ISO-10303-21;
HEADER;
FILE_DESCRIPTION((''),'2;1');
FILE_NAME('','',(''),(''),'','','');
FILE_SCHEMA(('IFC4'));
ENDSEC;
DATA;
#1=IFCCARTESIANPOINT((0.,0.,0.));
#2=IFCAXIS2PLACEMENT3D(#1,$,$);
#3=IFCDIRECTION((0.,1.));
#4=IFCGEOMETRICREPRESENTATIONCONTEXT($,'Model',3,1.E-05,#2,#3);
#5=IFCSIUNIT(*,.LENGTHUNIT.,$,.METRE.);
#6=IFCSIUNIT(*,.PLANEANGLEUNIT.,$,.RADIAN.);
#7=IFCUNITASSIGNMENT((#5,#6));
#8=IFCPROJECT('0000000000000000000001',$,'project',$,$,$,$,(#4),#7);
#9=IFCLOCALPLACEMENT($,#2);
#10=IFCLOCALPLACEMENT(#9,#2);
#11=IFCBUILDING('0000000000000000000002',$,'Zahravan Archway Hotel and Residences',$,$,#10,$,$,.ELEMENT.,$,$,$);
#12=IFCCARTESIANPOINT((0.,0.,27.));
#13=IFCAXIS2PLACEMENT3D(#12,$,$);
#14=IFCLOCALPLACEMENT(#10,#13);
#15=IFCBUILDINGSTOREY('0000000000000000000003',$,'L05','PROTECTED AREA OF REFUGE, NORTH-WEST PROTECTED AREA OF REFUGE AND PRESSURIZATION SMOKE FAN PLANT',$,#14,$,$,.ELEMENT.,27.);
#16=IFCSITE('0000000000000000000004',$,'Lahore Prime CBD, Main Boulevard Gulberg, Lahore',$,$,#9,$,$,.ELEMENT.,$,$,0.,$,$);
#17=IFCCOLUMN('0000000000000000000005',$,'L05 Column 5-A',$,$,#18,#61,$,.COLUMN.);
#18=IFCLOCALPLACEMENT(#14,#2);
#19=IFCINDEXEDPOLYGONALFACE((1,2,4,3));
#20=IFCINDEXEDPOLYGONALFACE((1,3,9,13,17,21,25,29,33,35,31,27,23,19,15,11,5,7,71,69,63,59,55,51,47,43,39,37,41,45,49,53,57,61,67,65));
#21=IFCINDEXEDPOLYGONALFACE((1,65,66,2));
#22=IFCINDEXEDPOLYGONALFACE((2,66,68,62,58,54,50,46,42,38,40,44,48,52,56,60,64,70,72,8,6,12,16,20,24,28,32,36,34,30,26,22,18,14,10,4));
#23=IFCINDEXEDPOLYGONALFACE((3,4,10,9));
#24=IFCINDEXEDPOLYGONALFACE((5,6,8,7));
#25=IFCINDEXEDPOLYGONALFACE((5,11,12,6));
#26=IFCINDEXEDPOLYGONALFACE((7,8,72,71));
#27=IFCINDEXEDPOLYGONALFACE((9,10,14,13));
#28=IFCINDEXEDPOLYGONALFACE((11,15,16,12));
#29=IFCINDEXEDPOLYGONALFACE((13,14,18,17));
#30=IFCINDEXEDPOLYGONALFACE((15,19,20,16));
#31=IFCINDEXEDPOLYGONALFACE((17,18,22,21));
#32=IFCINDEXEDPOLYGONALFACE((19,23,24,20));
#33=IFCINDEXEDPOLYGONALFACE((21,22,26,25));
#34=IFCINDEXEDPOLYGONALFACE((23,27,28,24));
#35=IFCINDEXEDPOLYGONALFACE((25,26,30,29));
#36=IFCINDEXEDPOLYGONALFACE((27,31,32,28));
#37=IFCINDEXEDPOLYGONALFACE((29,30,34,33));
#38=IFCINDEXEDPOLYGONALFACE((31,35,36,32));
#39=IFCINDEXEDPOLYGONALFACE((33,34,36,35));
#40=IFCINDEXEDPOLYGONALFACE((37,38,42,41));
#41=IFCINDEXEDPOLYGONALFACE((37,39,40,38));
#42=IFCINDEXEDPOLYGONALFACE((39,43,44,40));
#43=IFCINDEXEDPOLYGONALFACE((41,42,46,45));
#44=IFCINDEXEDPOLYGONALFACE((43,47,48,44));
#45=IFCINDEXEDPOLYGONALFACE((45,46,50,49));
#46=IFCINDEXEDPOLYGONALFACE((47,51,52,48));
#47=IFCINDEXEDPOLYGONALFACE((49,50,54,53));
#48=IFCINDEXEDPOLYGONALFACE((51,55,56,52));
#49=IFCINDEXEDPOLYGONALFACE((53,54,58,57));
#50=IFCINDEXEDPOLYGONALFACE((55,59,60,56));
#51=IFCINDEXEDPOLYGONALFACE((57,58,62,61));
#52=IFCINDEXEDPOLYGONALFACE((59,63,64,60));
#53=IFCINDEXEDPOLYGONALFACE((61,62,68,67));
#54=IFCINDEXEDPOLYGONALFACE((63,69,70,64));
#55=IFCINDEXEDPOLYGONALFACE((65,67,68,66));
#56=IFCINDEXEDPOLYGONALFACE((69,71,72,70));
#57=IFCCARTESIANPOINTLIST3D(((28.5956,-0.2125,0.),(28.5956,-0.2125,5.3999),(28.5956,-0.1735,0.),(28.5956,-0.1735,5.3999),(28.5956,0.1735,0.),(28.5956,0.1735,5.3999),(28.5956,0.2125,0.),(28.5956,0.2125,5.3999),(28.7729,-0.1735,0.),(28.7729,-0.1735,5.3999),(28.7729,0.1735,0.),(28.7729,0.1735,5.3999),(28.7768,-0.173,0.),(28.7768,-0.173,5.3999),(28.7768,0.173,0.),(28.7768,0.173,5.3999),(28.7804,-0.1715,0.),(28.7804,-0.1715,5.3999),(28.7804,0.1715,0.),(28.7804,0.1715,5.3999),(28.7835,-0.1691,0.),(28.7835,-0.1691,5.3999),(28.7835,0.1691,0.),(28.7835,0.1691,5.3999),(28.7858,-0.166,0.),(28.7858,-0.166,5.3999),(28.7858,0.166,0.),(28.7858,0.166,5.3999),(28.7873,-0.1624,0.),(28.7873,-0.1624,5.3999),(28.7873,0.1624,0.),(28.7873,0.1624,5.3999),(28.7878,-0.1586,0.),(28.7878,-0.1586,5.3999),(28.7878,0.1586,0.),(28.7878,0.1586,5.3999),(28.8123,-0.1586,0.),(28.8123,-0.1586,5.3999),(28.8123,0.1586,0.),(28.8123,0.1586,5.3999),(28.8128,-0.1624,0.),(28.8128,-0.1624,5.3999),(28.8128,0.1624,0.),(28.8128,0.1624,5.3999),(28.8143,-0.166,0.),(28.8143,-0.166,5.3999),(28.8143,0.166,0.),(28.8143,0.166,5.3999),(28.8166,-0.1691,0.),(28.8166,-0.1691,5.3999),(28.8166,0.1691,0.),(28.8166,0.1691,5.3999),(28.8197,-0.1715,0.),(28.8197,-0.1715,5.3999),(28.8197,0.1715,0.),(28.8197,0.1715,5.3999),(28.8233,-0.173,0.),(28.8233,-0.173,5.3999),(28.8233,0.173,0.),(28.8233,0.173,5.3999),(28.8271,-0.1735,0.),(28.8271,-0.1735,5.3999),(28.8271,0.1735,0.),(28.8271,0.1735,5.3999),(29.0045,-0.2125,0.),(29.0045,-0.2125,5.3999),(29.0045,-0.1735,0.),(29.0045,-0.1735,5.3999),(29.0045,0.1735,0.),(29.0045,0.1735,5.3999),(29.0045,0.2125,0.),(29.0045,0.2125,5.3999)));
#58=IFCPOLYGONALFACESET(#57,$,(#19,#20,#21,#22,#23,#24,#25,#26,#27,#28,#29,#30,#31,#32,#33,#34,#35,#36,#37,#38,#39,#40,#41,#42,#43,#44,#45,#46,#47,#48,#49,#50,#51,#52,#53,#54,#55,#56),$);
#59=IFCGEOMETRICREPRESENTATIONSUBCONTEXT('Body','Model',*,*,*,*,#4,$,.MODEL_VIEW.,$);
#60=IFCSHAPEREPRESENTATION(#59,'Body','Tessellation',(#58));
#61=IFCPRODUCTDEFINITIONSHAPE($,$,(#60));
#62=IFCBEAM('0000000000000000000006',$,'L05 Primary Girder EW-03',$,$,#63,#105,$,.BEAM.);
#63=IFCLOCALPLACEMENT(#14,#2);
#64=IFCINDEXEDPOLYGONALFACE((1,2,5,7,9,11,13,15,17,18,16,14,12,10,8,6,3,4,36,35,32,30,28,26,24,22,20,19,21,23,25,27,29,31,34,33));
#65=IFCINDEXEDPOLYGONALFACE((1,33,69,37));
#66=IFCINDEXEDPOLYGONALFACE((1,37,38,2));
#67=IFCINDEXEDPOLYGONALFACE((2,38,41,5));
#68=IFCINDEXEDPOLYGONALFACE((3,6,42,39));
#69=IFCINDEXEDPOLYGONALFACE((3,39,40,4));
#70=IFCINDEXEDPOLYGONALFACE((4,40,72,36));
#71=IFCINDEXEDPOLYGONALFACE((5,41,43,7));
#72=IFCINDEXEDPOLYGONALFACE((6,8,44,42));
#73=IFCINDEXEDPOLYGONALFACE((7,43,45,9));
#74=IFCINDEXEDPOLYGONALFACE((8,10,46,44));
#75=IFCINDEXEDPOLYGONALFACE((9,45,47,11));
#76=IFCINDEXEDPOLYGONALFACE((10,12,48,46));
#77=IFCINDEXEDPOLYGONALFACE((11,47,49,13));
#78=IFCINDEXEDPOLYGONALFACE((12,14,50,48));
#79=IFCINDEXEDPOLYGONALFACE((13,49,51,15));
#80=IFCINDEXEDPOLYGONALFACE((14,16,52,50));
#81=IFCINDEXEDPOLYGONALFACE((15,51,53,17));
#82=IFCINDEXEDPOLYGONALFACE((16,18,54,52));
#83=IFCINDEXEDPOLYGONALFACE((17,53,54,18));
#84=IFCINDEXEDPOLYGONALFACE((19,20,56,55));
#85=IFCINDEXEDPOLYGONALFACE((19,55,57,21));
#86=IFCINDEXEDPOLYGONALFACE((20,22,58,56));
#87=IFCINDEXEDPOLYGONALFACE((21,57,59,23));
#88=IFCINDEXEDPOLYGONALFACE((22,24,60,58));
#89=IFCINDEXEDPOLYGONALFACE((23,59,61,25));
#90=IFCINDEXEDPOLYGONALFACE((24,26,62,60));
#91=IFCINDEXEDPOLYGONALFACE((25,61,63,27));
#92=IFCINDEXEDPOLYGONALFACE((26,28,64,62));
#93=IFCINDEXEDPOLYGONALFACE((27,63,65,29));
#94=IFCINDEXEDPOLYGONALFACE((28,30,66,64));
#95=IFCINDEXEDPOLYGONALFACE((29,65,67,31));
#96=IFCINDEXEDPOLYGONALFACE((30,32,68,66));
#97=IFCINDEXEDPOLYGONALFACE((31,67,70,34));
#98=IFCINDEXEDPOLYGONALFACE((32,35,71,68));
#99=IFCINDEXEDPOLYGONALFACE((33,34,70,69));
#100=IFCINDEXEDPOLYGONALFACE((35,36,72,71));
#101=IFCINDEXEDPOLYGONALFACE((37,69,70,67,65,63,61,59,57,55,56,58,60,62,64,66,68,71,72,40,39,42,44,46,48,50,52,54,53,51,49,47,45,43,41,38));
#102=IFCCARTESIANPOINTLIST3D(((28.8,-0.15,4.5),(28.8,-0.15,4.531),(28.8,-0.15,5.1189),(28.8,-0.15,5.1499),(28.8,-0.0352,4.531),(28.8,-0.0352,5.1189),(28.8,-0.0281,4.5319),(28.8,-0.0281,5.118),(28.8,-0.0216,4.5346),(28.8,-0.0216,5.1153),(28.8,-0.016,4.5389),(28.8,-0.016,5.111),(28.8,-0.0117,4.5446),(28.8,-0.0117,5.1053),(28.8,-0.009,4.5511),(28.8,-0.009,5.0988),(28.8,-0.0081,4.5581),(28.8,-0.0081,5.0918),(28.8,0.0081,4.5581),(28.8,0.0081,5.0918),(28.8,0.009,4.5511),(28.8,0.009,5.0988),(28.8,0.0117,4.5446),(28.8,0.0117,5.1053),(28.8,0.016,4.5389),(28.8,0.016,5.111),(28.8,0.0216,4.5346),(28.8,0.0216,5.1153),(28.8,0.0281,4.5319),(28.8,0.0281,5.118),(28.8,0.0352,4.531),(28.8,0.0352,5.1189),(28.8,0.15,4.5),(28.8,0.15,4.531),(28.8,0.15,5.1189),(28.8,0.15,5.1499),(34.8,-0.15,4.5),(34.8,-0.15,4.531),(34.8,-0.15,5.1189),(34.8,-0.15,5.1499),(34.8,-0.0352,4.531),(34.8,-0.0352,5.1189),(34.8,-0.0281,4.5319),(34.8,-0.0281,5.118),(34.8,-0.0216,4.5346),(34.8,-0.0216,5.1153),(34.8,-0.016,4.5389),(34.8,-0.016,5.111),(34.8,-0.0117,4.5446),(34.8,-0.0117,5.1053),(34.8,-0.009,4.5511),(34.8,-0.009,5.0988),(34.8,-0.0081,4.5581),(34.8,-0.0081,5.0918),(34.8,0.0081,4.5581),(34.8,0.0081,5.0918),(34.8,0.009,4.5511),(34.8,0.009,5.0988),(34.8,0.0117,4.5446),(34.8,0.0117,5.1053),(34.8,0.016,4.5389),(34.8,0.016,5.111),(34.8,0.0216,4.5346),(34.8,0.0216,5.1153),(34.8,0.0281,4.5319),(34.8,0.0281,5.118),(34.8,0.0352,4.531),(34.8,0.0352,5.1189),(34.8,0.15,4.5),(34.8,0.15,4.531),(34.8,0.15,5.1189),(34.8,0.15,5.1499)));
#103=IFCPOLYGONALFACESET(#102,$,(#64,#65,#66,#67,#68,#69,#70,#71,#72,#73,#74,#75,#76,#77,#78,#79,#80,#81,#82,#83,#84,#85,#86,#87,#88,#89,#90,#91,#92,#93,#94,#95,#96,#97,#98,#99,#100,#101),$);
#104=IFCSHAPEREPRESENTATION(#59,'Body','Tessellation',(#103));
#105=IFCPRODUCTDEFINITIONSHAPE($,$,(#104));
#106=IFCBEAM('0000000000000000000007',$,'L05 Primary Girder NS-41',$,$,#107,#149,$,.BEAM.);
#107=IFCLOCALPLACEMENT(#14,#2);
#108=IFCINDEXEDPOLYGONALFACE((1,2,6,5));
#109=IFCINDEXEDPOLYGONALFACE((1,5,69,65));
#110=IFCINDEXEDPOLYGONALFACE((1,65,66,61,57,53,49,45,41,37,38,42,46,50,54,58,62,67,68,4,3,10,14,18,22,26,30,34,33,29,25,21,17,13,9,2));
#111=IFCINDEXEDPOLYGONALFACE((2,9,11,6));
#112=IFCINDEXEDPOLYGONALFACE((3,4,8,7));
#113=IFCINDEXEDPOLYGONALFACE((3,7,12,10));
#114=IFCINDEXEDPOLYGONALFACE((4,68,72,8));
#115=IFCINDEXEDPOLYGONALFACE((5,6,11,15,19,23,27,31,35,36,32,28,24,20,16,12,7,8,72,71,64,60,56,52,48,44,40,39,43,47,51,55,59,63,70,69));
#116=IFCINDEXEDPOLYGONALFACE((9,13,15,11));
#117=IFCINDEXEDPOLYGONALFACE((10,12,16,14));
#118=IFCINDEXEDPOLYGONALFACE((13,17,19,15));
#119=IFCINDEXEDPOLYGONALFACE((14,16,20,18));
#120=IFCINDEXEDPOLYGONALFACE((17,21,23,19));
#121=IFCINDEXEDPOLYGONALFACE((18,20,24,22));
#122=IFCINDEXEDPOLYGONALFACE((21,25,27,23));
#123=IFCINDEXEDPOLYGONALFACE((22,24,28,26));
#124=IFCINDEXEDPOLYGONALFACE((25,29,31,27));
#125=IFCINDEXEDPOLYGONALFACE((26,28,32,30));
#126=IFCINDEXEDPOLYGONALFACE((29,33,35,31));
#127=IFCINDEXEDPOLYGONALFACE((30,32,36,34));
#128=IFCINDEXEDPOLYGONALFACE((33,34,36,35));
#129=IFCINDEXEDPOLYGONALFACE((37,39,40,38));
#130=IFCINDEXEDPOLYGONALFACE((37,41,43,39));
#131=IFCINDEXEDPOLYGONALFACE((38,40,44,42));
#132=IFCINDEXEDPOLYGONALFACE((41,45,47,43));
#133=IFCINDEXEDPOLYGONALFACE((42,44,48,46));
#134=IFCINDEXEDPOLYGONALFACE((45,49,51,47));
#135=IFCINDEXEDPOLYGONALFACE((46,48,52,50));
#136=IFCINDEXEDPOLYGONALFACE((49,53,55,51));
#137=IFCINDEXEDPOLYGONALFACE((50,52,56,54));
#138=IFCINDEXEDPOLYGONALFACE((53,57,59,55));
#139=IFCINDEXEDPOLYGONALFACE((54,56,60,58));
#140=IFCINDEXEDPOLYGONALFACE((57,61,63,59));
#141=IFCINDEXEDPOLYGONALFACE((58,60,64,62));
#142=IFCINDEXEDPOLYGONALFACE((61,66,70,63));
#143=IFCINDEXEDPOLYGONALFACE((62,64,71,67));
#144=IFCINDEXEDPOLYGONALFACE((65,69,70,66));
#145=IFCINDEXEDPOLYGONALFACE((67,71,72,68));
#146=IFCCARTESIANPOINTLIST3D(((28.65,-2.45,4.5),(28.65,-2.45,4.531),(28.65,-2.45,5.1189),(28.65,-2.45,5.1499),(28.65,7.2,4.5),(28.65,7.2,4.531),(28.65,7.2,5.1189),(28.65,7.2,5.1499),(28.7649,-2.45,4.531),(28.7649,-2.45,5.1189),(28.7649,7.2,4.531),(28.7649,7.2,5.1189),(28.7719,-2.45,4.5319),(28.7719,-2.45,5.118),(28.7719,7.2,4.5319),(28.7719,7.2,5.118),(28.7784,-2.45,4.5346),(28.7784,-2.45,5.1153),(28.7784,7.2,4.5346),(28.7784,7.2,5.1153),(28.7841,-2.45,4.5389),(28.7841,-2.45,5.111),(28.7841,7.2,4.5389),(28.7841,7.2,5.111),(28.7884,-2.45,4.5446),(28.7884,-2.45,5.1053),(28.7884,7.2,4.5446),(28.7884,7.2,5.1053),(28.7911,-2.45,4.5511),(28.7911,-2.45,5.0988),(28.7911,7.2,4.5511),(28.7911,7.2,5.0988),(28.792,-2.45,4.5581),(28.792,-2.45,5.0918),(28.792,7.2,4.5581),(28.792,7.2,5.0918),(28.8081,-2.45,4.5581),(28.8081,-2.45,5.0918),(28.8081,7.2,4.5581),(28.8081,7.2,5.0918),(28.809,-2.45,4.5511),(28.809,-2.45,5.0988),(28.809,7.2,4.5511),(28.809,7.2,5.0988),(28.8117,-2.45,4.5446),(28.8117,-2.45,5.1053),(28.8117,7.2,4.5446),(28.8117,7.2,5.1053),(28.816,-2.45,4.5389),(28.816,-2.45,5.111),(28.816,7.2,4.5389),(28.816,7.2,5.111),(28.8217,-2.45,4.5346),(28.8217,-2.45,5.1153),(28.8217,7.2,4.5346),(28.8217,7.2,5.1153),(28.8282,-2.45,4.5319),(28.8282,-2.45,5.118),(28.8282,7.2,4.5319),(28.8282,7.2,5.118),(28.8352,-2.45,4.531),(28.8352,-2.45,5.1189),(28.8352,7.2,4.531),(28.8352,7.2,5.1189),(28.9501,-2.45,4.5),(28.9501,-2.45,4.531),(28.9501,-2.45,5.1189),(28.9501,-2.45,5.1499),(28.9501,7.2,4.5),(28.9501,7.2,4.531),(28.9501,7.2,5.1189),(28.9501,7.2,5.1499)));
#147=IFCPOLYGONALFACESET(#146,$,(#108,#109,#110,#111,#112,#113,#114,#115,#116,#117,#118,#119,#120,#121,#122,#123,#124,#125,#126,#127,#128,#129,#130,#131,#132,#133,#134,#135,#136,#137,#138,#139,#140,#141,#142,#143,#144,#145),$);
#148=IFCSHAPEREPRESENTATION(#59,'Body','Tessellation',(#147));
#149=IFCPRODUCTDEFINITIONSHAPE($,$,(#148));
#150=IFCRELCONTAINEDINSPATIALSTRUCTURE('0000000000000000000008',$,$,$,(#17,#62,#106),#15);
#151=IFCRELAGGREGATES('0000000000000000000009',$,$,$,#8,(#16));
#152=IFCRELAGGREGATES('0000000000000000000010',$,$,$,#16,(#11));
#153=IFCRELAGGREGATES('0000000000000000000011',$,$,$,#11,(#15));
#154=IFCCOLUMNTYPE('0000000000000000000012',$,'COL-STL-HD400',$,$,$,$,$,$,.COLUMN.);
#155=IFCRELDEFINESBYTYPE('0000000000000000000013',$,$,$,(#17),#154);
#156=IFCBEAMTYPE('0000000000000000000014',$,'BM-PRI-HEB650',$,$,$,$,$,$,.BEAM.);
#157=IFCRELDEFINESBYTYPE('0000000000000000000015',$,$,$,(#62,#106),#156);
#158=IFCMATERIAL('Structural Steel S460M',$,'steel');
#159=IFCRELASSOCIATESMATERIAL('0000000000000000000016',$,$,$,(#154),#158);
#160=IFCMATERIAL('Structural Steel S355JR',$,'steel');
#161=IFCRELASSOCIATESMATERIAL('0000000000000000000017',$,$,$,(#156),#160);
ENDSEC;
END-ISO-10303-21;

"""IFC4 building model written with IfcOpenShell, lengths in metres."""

from ifc_helpers import new_model, si_unit, direction, frame, origin, origin_2d, place, context, subcontext, project, spatial, i_section, extrude, source, transform, mapped, material, material_profile, profile_set, type_object, type_shapes, element, save


model = new_model("IFC4")

# Units and contexts
model_context = context("Model", 3, precision=1e-05, world=origin(), true_north=direction((0.0, 1.0)))
body_context = subcontext(model_context, "Body", "Model", "MODEL_VIEW")
ifc_project = project(units=[si_unit("LENGTHUNIT", "METRE"), si_unit("PLANEANGLEUNIT", "RADIAN")], contexts=[model_context])

# Site, building, storey
site_placement = place(None, origin())
site = spatial("IfcSite", under=ifc_project, at=site_placement, Name="Lahore Prime CBD, Main Boulevard Gulberg, Lahore", CompositionType="ELEMENT", RefElevation=0.0)
building_placement = place(site_placement, origin())
building = spatial("IfcBuilding", under=site, at=building_placement, Name="Zahravan Archway Hotel and Residences", CompositionType="ELEMENT")
storey_placement = place(building_placement, frame((0.0, 0.0, 27.0)))
storey = spatial("IfcBuildingStorey", under=building, at=storey_placement, Name="L05", Description="PROTECTED AREA OF REFUGE, NORTH-WEST PROTECTED AREA OF REFUGE AND PRESSURIZATION SMOKE FAN PLANT", CompositionType="ELEMENT", Elevation=27.0)

# Column
ifc_material_1 = material(Name="Structural Steel S460M", Category="steel")
ifc_material_profile_1 = material_profile(ifc_material_1, i_section(OverallWidth=0.4089, OverallDepth=0.425, WebThickness=0.0244, FlangeThickness=0.0391, FilletRadius=0.0149, at=origin_2d()), Name="HD 400x421", Category="steel")
ifc_profile_set_1 = profile_set([ifc_material_profile_1], Name="Structural Steel S460M")
column_type = type_object("IfcColumnType", Name="COL-STL-HD400", PredefinedType="COLUMN", material=ifc_profile_set_1)
shared_shape_1 = source(origin(), body_context, "Body", "SweptSolid", [
    extrude(i_section(OverallWidth=0.4089, OverallDepth=0.425, WebThickness=0.0244, FlangeThickness=0.0391, FilletRadius=0.0149, at=origin_2d()), origin(), (0.0, 0.0, 1.0), 5.3999),
])
type_shapes(column_type, [shared_shape_1])
column_placement = place(storey_placement, frame((28.8, 0.0, 0.0), z_axis=(0.0, 0.0, 1.0), x_axis=(1.0, 0.0, 0.0)))
element("IfcColumn", 1, at=column_placement, inside=storey, type_object=column_type, Name="L05 Column 5-A", PredefinedType="COLUMN", context=body_context, shape_type="MappedRepresentation", body=[
    mapped(shared_shape_1, transform((0.0, 0.0, 0.0), scale=1.0)),
])

# Beams
ifc_material_2 = material(Name="Structural Steel S355JR", Category="steel")
ifc_material_profile_2 = material_profile(ifc_material_2, i_section(OverallWidth=0.3, OverallDepth=0.6499, WebThickness=0.0161, FlangeThickness=0.031, FilletRadius=0.0271, at=origin_2d()), Name="HEB 650", Category="steel")
ifc_profile_set_2 = profile_set([ifc_material_profile_2], Name="Structural Steel S355JR")
beam_type_1 = type_object("IfcBeamType", Name="BM-PRI-HEB650", PredefinedType="BEAM", material=ifc_profile_set_2)
shared_shape_2 = source(origin(), body_context, "Body", "SweptSolid", [
    extrude(i_section(OverallWidth=0.3, OverallDepth=0.6499, WebThickness=0.0161, FlangeThickness=0.031, FilletRadius=0.0271, at=origin_2d()), origin(), (0.0, 0.0, 1.0), 6.0),
])
beam_1_placement = place(storey_placement, frame((28.8, 0.0, 4.825), z_axis=(1.0, 0.0, 0.0), x_axis=(0.0, 1.0, 0.0)))
element("IfcBeam", 2, at=beam_1_placement, inside=storey, type_object=beam_type_1, Name="L05 Primary Girder EW-03", PredefinedType="BEAM", context=body_context, shape_type="MappedRepresentation", body=[
    mapped(shared_shape_2, transform((0.0, 0.0, 0.0), scale=1.0)),
])
shared_shape_3 = source(origin(), body_context, "Body", "SweptSolid", [
    extrude(i_section(OverallWidth=0.3, OverallDepth=0.6499, WebThickness=0.0161, FlangeThickness=0.031, FilletRadius=0.0271, at=origin_2d()), origin(), (0.0, 0.0, 1.0), 9.6499),
])
beam_2_placement = place(storey_placement, frame((28.8, -2.45, 4.825), z_axis=(0.0, 1.0, 0.0), x_axis=(-1.0, 0.0, 0.0)))
element("IfcBeam", 3, at=beam_2_placement, inside=storey, type_object=beam_type_1, Name="L05 Primary Girder NS-41", PredefinedType="BEAM", context=body_context, shape_type="MappedRepresentation", body=[
    mapped(shared_shape_3, transform((0.0, 0.0, 0.0), scale=1.0)),
])

save(model, "model.ifc")
